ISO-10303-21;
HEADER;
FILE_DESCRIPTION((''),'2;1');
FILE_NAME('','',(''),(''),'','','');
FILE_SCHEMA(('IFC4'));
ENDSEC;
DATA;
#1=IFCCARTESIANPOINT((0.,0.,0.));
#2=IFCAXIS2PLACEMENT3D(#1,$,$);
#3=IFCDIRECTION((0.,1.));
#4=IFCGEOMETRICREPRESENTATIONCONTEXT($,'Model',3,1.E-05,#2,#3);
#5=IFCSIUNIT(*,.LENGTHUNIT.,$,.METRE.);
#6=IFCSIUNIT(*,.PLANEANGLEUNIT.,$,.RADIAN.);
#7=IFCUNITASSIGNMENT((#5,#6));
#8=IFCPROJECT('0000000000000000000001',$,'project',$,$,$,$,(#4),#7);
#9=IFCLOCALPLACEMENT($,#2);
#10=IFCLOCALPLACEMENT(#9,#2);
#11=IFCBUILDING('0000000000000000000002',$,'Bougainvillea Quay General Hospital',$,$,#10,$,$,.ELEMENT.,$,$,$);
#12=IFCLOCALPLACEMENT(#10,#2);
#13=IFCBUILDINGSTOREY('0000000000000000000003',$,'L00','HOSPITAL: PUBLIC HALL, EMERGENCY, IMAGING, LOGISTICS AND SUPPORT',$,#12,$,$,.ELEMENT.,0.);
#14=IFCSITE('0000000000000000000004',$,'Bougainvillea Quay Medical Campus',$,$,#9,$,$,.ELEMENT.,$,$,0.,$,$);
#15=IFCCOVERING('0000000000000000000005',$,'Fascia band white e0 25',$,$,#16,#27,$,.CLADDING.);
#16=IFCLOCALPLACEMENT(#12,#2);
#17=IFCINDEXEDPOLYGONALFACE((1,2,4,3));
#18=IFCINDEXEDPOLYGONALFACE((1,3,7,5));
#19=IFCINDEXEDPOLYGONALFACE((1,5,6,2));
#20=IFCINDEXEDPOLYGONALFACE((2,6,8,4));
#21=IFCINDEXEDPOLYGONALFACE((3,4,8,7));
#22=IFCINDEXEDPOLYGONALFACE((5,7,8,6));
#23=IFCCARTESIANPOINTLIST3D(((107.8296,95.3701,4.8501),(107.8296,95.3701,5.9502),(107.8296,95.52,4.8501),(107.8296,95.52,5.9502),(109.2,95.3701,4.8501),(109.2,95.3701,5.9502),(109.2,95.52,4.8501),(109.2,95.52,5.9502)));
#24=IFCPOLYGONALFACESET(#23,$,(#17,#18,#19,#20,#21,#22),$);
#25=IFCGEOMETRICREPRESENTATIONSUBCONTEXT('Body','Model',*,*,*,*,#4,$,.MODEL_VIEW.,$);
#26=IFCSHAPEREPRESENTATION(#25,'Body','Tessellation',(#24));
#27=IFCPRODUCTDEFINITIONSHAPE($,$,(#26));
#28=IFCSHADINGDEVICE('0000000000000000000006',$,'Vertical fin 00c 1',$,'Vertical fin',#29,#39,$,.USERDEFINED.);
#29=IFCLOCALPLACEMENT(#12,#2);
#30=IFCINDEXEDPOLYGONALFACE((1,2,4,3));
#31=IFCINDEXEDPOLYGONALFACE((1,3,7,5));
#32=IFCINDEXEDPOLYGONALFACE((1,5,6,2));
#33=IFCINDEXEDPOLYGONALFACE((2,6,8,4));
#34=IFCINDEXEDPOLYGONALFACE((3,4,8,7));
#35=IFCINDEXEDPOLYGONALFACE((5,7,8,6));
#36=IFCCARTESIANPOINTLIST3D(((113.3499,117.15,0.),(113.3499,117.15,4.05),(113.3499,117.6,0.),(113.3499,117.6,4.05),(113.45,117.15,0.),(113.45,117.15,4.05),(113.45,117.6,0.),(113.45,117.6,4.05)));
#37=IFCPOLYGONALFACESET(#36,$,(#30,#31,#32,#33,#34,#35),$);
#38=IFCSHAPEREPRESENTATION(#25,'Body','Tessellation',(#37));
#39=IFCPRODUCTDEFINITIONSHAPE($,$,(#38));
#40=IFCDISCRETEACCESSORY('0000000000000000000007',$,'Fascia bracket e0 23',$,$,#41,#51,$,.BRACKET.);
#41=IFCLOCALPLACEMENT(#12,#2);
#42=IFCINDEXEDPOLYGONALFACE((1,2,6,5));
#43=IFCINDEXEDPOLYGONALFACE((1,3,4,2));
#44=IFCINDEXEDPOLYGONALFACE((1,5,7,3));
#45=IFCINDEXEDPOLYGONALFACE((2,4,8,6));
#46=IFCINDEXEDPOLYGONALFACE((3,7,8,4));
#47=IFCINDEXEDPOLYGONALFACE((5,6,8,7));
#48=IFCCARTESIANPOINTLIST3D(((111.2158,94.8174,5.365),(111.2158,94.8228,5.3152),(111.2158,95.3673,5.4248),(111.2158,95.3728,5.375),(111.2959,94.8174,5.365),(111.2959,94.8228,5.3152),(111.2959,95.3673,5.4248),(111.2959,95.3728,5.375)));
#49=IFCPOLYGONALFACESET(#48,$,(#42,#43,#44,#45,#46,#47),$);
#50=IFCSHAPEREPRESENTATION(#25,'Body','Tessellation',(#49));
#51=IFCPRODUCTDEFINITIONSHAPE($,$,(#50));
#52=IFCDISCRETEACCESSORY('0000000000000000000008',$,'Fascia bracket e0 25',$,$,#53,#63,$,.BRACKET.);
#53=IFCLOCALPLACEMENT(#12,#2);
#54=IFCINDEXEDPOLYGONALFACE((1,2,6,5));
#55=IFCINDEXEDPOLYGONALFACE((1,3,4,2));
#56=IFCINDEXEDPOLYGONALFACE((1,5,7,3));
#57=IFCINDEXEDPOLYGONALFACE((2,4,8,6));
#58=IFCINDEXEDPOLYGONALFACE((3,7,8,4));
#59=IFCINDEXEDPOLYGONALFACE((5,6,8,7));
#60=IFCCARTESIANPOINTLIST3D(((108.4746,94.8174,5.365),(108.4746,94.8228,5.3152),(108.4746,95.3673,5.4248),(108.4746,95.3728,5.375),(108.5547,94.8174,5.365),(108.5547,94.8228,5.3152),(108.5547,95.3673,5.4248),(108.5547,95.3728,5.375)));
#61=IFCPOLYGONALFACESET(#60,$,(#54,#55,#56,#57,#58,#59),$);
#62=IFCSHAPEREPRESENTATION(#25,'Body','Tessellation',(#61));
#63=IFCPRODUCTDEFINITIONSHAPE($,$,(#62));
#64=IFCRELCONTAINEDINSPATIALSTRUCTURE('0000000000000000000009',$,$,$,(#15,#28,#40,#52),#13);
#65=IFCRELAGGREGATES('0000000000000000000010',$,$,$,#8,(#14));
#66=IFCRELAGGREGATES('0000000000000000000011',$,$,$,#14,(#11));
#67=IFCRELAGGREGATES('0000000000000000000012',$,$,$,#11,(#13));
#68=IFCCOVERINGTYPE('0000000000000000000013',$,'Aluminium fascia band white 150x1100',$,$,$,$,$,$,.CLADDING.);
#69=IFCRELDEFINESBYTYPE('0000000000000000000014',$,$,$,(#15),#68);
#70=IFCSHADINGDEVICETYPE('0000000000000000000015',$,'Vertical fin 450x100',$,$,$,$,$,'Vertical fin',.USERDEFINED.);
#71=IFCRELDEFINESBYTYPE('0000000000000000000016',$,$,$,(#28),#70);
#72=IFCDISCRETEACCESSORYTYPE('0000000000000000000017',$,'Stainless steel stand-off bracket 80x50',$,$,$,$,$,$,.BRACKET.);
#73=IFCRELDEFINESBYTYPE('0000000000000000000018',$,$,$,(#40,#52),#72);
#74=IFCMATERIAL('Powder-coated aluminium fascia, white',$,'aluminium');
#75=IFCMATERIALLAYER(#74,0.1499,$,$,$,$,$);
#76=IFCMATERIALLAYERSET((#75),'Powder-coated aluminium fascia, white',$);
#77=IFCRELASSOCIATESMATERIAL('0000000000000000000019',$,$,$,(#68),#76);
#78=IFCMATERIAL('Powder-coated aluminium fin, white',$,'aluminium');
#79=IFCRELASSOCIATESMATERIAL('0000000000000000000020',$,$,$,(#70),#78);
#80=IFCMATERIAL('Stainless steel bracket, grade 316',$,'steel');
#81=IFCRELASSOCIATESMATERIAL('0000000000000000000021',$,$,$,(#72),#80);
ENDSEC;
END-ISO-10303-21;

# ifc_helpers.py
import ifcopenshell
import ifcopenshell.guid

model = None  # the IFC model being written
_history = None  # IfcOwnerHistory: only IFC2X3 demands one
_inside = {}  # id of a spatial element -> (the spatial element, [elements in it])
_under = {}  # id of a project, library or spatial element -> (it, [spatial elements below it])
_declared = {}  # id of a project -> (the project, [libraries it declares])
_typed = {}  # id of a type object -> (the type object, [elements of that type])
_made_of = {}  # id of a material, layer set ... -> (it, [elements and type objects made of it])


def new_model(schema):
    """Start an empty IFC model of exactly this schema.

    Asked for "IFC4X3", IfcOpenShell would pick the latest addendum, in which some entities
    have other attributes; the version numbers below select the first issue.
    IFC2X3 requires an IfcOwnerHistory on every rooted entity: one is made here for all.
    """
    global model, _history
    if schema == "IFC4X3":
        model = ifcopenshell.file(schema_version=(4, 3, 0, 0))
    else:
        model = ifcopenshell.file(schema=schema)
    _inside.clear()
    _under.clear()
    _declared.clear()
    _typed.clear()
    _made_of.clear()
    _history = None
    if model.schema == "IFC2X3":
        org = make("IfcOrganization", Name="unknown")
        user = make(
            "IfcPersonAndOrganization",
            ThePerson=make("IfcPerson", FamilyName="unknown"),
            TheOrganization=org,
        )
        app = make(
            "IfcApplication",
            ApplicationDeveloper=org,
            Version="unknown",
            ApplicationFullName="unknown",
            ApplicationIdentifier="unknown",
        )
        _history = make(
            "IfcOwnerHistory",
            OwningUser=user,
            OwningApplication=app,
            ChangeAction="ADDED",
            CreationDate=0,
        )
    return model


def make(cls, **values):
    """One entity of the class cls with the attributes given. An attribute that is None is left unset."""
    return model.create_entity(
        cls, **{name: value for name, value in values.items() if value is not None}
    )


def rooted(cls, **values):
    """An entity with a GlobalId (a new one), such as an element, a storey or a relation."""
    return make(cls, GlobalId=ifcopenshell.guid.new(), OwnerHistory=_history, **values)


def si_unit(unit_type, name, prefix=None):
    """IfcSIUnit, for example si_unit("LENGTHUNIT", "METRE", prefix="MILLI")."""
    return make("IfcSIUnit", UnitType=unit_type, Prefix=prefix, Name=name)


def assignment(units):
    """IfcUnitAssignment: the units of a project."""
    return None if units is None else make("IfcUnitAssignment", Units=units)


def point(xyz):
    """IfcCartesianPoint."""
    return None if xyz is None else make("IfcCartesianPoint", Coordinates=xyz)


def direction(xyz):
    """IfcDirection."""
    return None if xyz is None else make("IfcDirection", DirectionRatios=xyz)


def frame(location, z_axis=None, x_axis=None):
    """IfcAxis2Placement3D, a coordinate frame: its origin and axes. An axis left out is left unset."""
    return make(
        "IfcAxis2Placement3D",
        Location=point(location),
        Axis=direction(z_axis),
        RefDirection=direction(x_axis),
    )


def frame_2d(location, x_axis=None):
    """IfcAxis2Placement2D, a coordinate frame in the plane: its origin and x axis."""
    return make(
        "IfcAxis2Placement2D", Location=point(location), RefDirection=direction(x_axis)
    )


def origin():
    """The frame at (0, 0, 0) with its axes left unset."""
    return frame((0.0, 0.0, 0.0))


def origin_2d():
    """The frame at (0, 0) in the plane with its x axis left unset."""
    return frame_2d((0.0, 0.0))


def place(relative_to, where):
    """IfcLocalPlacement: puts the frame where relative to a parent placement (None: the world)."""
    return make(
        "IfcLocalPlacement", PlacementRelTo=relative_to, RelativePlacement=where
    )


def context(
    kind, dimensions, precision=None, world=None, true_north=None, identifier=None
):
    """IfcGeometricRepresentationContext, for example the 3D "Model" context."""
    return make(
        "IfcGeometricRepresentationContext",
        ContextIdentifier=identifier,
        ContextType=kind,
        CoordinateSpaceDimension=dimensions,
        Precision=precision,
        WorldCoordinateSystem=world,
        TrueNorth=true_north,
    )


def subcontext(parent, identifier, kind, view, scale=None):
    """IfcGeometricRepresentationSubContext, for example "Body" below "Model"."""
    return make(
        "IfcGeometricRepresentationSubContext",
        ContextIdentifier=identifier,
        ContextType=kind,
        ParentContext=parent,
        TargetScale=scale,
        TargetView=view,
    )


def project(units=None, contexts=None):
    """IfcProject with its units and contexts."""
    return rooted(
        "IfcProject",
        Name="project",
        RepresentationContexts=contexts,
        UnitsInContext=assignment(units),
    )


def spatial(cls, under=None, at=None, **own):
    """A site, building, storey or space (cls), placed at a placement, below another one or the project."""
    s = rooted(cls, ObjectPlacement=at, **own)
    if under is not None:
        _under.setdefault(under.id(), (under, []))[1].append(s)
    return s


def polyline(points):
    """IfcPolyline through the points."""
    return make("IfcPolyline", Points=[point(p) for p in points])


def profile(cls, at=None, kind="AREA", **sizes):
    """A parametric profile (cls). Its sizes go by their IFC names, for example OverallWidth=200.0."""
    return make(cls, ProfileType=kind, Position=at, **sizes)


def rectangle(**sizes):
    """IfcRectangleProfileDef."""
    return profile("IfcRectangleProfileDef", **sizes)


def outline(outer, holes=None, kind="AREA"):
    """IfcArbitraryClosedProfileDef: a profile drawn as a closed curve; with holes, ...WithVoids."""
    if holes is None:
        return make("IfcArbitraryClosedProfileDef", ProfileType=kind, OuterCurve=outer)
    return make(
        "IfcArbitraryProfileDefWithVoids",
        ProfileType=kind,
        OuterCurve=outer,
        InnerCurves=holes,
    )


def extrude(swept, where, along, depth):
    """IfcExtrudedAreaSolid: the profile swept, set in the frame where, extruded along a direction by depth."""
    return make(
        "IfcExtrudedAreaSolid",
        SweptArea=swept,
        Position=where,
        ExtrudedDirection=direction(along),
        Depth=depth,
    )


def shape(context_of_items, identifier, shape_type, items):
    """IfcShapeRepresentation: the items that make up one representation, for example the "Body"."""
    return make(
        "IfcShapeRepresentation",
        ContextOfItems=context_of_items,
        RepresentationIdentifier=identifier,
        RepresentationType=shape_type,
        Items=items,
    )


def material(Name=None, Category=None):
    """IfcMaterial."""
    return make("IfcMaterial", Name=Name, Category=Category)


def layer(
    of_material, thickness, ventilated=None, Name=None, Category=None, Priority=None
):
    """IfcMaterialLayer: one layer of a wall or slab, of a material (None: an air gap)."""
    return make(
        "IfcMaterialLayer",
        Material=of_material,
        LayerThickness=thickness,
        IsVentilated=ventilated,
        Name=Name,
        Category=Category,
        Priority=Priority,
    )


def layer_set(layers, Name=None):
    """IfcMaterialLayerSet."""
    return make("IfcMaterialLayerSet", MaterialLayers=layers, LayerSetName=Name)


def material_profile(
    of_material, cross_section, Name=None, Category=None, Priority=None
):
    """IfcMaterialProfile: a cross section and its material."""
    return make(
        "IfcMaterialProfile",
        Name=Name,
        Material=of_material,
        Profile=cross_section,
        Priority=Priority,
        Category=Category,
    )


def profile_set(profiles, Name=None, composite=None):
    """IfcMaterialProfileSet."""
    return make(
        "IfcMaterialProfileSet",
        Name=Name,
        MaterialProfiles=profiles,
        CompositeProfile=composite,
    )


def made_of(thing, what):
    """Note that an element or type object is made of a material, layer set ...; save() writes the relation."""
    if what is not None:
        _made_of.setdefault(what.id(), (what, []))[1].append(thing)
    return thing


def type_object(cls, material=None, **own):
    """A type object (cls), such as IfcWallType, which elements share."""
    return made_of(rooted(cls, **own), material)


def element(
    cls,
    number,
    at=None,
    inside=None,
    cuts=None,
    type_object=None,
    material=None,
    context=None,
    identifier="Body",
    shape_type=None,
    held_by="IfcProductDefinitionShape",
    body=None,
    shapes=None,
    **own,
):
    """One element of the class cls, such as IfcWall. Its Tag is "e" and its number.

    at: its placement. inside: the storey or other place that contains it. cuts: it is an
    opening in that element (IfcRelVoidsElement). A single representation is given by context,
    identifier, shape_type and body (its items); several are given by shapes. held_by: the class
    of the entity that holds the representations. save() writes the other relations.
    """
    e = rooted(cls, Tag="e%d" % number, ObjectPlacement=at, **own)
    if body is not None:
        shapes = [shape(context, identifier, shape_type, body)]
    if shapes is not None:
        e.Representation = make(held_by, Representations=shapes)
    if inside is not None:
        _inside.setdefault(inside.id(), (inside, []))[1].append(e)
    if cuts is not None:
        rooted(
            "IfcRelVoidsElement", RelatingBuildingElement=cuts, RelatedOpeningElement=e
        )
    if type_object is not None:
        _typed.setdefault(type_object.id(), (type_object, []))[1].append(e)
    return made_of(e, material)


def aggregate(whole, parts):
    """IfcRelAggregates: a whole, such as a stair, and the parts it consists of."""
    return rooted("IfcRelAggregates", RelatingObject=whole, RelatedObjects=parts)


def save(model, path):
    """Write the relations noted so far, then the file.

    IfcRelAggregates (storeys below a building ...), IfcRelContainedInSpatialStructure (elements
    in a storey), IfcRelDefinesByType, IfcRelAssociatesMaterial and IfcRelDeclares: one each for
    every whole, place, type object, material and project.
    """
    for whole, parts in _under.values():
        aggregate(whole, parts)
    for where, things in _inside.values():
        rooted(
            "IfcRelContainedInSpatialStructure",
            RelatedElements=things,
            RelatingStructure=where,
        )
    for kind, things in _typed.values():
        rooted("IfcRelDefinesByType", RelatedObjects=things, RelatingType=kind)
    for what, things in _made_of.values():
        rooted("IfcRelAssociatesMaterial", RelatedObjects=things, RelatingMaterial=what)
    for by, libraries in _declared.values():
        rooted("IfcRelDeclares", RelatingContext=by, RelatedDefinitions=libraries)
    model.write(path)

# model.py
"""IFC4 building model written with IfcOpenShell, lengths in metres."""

from ifc_helpers import new_model, si_unit, direction, frame, origin, origin_2d, place, context, subcontext, project, spatial, polyline, rectangle, outline, extrude, material, layer, layer_set, material_profile, profile_set, type_object, element, save


model = new_model("IFC4")

# Units and contexts
model_context = context("Model", 3, precision=1e-05, world=origin(), true_north=direction((0.0, 1.0)))
body_context = subcontext(model_context, "Body", "Model", "MODEL_VIEW")
ifc_project = project(units=[si_unit("LENGTHUNIT", "METRE"), si_unit("PLANEANGLEUNIT", "RADIAN")], contexts=[model_context])

# Site, building, storey
site_placement = place(None, origin())
site = spatial("IfcSite", under=ifc_project, at=site_placement, Name="Bougainvillea Quay Medical Campus", CompositionType="ELEMENT", RefElevation=0.0)
building_placement = place(site_placement, origin())
building = spatial("IfcBuilding", under=site, at=building_placement, Name="Bougainvillea Quay General Hospital", CompositionType="ELEMENT")
storey_placement = place(building_placement, origin())
storey = spatial("IfcBuildingStorey", under=building, at=storey_placement, Name="L00", Description="HOSPITAL: PUBLIC HALL, EMERGENCY, IMAGING, LOGISTICS AND SUPPORT", CompositionType="ELEMENT", Elevation=0.0)

# Covering
ifc_material_1 = material(Name="Powder-coated aluminium fascia, white", Category="aluminium")
ifc_layer_1 = layer(ifc_material_1, 0.1499)
ifc_layer_set_1 = layer_set([ifc_layer_1], Name="Powder-coated aluminium fascia, white")
covering_type = type_object("IfcCoveringType", Name="Aluminium fascia band white 150x1100", PredefinedType="CLADDING", material=ifc_layer_set_1)
covering_1_placement = place(storey_placement, frame((109.2, 95.3701, 4.8501), z_axis=(0.0, 0.0, 1.0), x_axis=(-1.0, 0.0, 0.0)))
element("IfcCovering", 1, at=covering_1_placement, inside=storey, type_object=covering_type, Name="Fascia band white e0 25", PredefinedType="CLADDING", context=body_context, shape_type="SweptSolid", body=[
    extrude(outline(polyline([(0.0, 0.0), (1.3704, 0.0), (1.3704, -0.1499), (0.0, -0.1499), (0.0, 0.0)])), origin(), (0.0, 0.0, 1.0), 1.1001),
])

# Shading device
ifc_material_2 = material(Name="Powder-coated aluminium fin, white", Category="aluminium")
ifc_material_profile_1 = material_profile(ifc_material_2, rectangle(XDim=0.45, YDim=0.1001, at=origin_2d()))
ifc_profile_set_1 = profile_set([ifc_material_profile_1], Name="Powder-coated aluminium fin, white")
shading_device_type = type_object("IfcShadingDeviceType", Name="Vertical fin 450x100", ElementType="Vertical fin", PredefinedType="USERDEFINED", material=ifc_profile_set_1)
shading_device_placement = place(storey_placement, frame((113.3999, 117.375, 0.0), z_axis=(0.0, 0.0, 1.0), x_axis=(0.0, -1.0, 0.0)))
element("IfcShadingDevice", 2, at=shading_device_placement, inside=storey, type_object=shading_device_type, Name="Vertical fin 00c 1", ObjectType="Vertical fin", PredefinedType="USERDEFINED", context=body_context, shape_type="SweptSolid", body=[
    extrude(rectangle(XDim=0.45, YDim=0.1001, at=origin_2d()), origin(), (0.0, 0.0, 1.0), 4.05),
])

# Discrete accessories
ifc_material_3 = material(Name="Stainless steel bracket, grade 316", Category="steel")
ifc_material_profile_2 = material_profile(ifc_material_3, rectangle(XDim=0.0801, YDim=0.05, at=origin_2d()))
ifc_profile_set_2 = profile_set([ifc_material_profile_2], Name="Stainless steel bracket, grade 316")
discrete_accessory_type = type_object("IfcDiscreteAccessoryType", Name="Stainless steel stand-off bracket 80x50", PredefinedType="BRACKET", material=ifc_profile_set_2)
for number, where, z_axis, x_axis, name in (
    (3, (111.2559, 94.8201, 5.3401), (0.0, 0.994139, 0.108107), (-1.0, 0.0, 0.0), "Fascia bracket e0 23"),
    (4, (108.5146, 94.8201, 5.3401), (0.0, 0.994139, 0.108107), (-1.0, 0.0, 0.0), "Fascia bracket e0 25"),
):
    element("IfcDiscreteAccessory", number, at=place(storey_placement, frame(where, z_axis=z_axis, x_axis=x_axis)), inside=storey, type_object=discrete_accessory_type, Name=name, PredefinedType="BRACKET", context=body_context, shape_type="SweptSolid", body=[
        extrude(rectangle(XDim=0.0801, YDim=0.05, at=origin_2d()), origin(), (0.0, 0.0, 1.0), 0.5532),
    ])

save(model, "model.ifc")
